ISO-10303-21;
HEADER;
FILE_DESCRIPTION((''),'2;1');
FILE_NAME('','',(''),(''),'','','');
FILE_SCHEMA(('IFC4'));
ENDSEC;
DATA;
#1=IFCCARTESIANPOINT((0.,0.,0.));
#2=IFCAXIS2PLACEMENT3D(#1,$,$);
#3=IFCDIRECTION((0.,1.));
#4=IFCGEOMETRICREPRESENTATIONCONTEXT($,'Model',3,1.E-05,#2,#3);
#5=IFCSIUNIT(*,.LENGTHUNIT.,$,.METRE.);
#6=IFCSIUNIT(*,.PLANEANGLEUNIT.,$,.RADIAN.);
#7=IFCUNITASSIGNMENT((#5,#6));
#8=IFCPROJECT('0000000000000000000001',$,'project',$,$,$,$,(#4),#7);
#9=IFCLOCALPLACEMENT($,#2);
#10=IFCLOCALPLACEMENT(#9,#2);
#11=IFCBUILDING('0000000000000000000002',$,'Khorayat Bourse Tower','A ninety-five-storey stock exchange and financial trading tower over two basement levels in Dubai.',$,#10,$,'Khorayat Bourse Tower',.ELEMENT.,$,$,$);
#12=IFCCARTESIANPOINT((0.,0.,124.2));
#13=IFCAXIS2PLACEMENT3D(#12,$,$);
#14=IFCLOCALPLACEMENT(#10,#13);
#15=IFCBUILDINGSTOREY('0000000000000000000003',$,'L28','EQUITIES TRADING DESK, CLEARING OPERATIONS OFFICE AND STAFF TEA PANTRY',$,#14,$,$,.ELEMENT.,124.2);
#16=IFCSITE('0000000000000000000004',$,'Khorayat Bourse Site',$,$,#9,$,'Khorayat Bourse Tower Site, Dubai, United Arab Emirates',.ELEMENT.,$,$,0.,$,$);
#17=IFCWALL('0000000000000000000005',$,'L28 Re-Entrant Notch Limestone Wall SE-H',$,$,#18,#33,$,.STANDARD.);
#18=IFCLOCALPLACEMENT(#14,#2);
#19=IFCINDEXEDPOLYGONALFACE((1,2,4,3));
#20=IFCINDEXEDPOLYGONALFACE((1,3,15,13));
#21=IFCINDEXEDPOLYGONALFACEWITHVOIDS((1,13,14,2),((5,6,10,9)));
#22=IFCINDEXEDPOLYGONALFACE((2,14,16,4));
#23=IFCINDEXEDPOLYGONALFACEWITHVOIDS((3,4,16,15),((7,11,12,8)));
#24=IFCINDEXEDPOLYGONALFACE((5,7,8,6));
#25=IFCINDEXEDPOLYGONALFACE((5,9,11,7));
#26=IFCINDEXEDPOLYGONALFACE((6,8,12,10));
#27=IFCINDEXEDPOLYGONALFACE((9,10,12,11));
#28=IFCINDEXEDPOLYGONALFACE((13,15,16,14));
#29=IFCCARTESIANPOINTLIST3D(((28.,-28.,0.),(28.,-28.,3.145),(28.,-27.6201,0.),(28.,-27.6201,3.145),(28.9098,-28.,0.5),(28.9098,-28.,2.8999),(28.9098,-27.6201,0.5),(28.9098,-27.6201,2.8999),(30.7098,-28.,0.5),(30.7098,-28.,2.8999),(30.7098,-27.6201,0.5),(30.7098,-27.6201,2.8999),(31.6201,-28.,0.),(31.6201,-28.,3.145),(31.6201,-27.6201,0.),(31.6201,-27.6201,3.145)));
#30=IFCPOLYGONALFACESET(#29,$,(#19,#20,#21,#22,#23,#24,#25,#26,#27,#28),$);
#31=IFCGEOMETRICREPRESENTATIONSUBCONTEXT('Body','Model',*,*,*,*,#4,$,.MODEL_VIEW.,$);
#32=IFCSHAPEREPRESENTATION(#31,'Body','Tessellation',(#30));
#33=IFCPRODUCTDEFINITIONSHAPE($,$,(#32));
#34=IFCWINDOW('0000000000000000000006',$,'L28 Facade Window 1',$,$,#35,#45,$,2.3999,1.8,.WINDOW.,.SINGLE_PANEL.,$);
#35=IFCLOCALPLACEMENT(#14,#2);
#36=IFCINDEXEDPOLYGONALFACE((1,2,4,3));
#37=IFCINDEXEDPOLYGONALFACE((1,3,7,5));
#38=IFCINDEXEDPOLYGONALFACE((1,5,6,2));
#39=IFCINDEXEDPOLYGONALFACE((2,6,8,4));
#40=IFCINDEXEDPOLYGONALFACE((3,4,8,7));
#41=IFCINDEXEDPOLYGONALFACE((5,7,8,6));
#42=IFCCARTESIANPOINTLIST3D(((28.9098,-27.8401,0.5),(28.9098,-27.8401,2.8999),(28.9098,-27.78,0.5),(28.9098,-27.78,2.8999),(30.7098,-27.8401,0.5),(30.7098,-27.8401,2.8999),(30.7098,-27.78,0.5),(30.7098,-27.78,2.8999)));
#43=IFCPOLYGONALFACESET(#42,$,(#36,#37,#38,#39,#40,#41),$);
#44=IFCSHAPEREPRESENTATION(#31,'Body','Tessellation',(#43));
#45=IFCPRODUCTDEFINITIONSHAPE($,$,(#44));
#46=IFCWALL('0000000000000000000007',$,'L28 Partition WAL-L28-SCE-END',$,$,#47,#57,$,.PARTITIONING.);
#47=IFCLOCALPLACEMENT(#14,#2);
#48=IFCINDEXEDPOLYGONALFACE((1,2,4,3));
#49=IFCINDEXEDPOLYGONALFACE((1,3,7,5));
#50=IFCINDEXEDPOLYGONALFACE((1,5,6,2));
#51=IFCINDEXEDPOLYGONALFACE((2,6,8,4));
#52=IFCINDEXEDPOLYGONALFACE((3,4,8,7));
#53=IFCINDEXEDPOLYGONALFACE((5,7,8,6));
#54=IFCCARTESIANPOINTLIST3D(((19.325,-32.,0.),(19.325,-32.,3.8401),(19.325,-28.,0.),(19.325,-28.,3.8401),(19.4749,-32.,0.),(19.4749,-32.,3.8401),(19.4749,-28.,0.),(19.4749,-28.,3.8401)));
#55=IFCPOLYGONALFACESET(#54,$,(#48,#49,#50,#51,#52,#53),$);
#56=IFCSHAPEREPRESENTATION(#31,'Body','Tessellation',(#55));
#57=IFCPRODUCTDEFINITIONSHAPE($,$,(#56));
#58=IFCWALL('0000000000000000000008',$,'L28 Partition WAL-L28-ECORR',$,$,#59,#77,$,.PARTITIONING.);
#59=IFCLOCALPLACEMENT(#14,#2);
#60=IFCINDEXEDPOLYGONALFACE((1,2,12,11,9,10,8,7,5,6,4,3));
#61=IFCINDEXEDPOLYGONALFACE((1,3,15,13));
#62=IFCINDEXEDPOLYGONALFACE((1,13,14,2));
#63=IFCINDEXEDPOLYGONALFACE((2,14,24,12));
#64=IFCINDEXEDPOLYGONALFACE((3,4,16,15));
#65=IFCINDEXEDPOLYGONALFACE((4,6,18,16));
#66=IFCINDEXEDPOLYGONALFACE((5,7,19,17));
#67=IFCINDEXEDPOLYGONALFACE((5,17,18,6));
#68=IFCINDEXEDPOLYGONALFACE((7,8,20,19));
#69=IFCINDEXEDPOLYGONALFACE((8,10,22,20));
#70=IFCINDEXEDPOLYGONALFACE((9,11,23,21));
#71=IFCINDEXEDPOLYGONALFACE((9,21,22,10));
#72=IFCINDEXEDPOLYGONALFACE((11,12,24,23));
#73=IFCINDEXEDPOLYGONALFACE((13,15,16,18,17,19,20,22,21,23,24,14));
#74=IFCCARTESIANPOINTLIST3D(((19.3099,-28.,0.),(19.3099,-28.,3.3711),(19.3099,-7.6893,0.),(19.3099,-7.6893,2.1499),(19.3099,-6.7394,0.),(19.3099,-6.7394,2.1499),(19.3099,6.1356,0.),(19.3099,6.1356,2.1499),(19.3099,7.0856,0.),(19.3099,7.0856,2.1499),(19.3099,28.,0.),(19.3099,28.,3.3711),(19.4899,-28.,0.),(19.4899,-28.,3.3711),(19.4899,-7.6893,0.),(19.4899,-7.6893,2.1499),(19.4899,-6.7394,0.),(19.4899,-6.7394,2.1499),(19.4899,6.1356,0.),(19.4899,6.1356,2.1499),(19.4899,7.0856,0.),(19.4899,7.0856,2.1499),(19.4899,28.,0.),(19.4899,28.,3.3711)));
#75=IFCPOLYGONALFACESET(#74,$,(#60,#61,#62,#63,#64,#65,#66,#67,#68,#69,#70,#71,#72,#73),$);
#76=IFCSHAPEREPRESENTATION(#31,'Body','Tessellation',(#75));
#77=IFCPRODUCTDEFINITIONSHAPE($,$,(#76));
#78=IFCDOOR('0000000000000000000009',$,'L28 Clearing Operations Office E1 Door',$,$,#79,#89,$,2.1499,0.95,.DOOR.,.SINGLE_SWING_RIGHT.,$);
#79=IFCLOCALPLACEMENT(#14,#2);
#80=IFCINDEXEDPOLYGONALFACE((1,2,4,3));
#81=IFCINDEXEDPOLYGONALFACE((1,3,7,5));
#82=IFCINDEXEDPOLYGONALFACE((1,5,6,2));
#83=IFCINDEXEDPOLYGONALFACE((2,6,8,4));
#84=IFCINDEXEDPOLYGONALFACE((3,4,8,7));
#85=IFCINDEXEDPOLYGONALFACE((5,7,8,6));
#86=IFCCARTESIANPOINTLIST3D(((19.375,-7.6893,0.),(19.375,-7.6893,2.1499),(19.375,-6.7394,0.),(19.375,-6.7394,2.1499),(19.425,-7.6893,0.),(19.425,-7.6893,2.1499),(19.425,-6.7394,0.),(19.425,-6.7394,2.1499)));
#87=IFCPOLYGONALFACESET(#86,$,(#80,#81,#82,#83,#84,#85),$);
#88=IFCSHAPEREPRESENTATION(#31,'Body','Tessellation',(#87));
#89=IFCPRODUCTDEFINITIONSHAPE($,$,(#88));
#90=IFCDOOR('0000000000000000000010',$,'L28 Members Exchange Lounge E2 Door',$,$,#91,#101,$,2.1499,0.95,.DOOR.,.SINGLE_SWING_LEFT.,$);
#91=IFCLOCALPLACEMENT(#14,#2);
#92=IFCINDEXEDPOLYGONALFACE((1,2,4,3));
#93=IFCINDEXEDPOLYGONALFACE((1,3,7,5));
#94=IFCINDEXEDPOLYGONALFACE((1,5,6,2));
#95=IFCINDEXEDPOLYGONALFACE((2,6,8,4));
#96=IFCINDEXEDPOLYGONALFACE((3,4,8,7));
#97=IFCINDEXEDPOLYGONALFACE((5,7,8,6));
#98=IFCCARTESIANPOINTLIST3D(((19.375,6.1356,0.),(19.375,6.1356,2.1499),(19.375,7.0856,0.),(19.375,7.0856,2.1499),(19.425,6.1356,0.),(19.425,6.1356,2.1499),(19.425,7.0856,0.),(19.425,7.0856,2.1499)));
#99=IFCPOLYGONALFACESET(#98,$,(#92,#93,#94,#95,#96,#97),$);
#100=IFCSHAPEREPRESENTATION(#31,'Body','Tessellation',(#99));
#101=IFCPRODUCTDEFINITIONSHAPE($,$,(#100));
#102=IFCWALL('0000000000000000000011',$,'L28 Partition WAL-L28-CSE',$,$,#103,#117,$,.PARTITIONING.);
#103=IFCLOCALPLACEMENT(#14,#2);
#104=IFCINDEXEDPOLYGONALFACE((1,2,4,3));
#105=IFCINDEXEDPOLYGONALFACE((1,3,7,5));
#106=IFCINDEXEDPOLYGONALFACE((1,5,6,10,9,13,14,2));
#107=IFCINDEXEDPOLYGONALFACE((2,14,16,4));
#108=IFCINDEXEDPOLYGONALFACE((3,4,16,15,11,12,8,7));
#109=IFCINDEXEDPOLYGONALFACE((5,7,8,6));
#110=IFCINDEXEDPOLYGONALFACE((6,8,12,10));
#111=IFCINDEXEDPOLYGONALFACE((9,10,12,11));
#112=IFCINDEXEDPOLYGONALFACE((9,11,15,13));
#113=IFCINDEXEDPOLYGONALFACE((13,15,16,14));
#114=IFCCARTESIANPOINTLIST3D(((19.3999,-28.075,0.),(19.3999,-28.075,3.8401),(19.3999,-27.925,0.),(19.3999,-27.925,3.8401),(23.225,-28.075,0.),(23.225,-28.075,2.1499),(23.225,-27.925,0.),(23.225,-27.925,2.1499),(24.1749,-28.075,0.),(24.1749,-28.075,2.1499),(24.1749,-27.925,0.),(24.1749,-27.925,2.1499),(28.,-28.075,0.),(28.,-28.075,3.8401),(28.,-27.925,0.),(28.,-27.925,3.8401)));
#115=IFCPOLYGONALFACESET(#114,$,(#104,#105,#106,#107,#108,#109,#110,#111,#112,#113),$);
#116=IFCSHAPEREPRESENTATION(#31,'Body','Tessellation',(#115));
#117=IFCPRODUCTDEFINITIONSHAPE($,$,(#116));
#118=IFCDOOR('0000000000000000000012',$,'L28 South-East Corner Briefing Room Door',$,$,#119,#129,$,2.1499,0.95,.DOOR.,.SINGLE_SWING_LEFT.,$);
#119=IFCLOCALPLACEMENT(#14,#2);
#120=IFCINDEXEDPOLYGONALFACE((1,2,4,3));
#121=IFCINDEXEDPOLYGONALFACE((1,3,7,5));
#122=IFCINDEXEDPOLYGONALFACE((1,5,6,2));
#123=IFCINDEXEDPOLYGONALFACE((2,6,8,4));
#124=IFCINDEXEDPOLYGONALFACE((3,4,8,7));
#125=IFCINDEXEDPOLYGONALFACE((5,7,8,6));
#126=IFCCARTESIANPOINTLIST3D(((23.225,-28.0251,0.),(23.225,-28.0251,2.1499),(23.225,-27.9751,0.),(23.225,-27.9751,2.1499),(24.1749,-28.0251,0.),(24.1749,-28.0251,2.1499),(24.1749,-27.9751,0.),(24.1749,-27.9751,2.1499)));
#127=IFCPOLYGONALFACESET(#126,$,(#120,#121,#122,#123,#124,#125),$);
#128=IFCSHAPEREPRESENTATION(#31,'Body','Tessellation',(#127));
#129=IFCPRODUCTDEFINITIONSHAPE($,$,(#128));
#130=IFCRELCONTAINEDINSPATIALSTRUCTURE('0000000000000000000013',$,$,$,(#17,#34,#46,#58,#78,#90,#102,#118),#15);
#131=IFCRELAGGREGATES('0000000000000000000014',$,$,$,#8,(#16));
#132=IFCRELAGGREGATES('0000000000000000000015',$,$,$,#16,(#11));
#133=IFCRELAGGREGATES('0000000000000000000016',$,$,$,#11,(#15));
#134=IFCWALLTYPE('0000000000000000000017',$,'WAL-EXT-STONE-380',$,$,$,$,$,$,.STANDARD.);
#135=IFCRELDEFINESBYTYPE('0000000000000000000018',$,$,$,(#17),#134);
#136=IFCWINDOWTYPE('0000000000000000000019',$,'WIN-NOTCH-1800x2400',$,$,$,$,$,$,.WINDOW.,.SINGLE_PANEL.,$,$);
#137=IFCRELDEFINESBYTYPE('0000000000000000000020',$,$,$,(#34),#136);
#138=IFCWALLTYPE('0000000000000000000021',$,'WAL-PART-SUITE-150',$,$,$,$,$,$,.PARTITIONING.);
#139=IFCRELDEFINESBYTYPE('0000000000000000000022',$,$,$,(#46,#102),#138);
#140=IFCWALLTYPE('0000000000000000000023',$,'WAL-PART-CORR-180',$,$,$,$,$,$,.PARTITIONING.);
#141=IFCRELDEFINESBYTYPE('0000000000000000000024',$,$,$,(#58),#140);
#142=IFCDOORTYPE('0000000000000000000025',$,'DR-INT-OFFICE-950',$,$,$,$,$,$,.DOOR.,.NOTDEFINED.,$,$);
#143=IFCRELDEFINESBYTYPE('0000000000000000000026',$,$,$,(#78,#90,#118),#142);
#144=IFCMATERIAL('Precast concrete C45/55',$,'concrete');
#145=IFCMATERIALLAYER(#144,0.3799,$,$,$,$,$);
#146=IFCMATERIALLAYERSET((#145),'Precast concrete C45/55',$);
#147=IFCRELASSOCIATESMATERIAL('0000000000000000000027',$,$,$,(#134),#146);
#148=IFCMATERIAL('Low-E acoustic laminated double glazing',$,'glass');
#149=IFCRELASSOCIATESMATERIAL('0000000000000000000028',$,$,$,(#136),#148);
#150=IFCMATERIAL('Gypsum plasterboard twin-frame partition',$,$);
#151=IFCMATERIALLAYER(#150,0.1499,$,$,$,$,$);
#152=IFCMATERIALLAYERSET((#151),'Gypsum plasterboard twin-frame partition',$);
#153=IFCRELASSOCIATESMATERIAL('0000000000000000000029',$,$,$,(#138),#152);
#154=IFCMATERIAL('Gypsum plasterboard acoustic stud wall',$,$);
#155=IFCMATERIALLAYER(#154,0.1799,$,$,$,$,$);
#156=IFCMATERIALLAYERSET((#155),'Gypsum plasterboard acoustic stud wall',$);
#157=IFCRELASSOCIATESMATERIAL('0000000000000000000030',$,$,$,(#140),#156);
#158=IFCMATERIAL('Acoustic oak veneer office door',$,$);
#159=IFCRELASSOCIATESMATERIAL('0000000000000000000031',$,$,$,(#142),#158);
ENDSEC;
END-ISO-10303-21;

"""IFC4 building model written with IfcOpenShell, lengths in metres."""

from ifc_helpers import new_model, si_unit, direction, frame, frame_2d, origin, place, context, subcontext, project, spatial, rectangle, extrude, source, transform, mapped, material, layer, layer_set, type_object, element, fill, save


model = new_model("IFC4")

# Units and contexts
model_context = context("Model", 3, precision=1e-05, world=origin(), true_north=direction((0.0, 1.0)))
body_context = subcontext(model_context, "Body", "Model", "MODEL_VIEW")
ifc_project = project(units=[si_unit("LENGTHUNIT", "METRE"), si_unit("PLANEANGLEUNIT", "RADIAN")], contexts=[model_context])

# Site, building, storey
site_placement = place(None, origin())
site = spatial("IfcSite", under=ifc_project, at=site_placement, Name="Khorayat Bourse Site", LongName="Khorayat Bourse Tower Site, Dubai, United Arab Emirates", CompositionType="ELEMENT", RefElevation=0.0)
building_placement = place(site_placement, origin())
building = spatial("IfcBuilding", under=site, at=building_placement, Name="Khorayat Bourse Tower", Description="A ninety-five-storey stock exchange and financial trading tower over two basement levels in Dubai.", LongName="Khorayat Bourse Tower", CompositionType="ELEMENT")
storey_placement = place(building_placement, frame((0.0, 0.0, 124.2)))
storey = spatial("IfcBuildingStorey", under=building, at=storey_placement, Name="L28", Description="EQUITIES TRADING DESK, CLEARING OPERATIONS OFFICE AND STAFF TEA PANTRY", CompositionType="ELEMENT", Elevation=124.2)

# Wall, opening, window
ifc_material_1 = material(Name="Precast concrete C45/55", Category="concrete")
ifc_layer_1 = layer(ifc_material_1, 0.3799)
ifc_layer_set_1 = layer_set([ifc_layer_1], Name="Precast concrete C45/55")
wall_type_1 = type_object("IfcWallType", Name="WAL-EXT-STONE-380", PredefinedType="STANDARD", material=ifc_layer_set_1)
shared_shape_1 = source(origin(), body_context, "Body", "SweptSolid", [
    extrude(rectangle(XDim=3.6201, YDim=0.3799, at=frame_2d((1.8101, 0.0))), origin(), (0.0, 0.0, 1.0), 3.145),
])
shared_shape_2 = source(origin(), body_context, "Body", "SweptSolid", [
    extrude(rectangle(XDim=1.8, YDim=2.3999, at=frame_2d((0.8999, 1.2))), frame((0.0, 0.2, 0.0), z_axis=(0.0, -1.0, 0.0), x_axis=(1.0, 0.0, 0.0)), (0.0, 0.0, 1.0), 0.3999),
])
ifc_material_2 = material(Name="Low-E acoustic laminated double glazing", Category="glass")
window_type = type_object("IfcWindowType", Name="WIN-NOTCH-1800x2400", PartitioningType="SINGLE_PANEL", PredefinedType="WINDOW", material=ifc_material_2)
shared_shape_3 = source(origin(), body_context, "Body", "SweptSolid", [
    extrude(rectangle(XDim=1.8, YDim=2.3999, at=frame_2d((0.8999, 1.2))), frame((0.0, 0.03, 0.0), z_axis=(0.0, -1.0, 0.0), x_axis=(1.0, 0.0, 0.0)), (0.0, 0.0, 1.0), 0.0601),
])
wall_1_placement = place(storey_placement, frame((28.0, -27.8101, 0.0), z_axis=(0.0, 0.0, 1.0), x_axis=(1.0, 0.0, 0.0)))
wall_1 = element("IfcWall", 1, at=wall_1_placement, inside=storey, type_object=wall_type_1, Name="L28 Re-Entrant Notch Limestone Wall SE-H", PredefinedType="STANDARD", context=body_context, shape_type="MappedRepresentation", body=[
    mapped(shared_shape_1, transform((0.0, 0.0, 0.0), scale=1.0)),
])
opening_1_placement = place(wall_1_placement, frame((0.9099, 0.0, 0.5)))
opening_1 = element("IfcOpeningElement", 2, at=opening_1_placement, cuts=wall_1, PredefinedType="OPENING", context=body_context, shape_type="MappedRepresentation", body=[
    mapped(shared_shape_2, transform((0.0, 0.0, 0.0), scale=1.0)),
])
window_1_placement = place(opening_1_placement, origin())
window_1 = element("IfcWindow", 3, at=window_1_placement, inside=storey, type_object=window_type, Name="L28 Facade Window 1", OverallHeight=2.3999, OverallWidth=1.8, PartitioningType="SINGLE_PANEL", PredefinedType="WINDOW", context=body_context, shape_type="MappedRepresentation", body=[
    mapped(shared_shape_3, transform((0.0, 0.0, 0.0), scale=1.0)),
])
fill(opening_1, window_1)

# Wall
ifc_material_3 = material(Name="Gypsum plasterboard twin-frame partition")
ifc_layer_2 = layer(ifc_material_3, 0.1499)
ifc_layer_set_2 = layer_set([ifc_layer_2], Name="Gypsum plasterboard twin-frame partition")
wall_type_2 = type_object("IfcWallType", Name="WAL-PART-SUITE-150", PredefinedType="PARTITIONING", material=ifc_layer_set_2)
shared_shape_4 = source(origin(), body_context, "Body", "SweptSolid", [
    extrude(rectangle(XDim=4.0, YDim=0.1499, at=frame_2d((2.0, 0.0))), origin(), (0.0, 0.0, 1.0), 3.8401),
])
wall_2_placement = place(storey_placement, frame((19.3999, -32.0, 0.0), z_axis=(0.0, 0.0, 1.0), x_axis=(0.0, 1.0, 0.0)))
element("IfcWall", 4, at=wall_2_placement, inside=storey, type_object=wall_type_2, Name="L28 Partition WAL-L28-SCE-END", PredefinedType="PARTITIONING", context=body_context, shape_type="MappedRepresentation", body=[
    mapped(shared_shape_4, transform((0.0, 0.0, 0.0), scale=1.0)),
])

# Wall, openings, doors
ifc_material_4 = material(Name="Gypsum plasterboard acoustic stud wall")
ifc_layer_3 = layer(ifc_material_4, 0.1799)
ifc_layer_set_3 = layer_set([ifc_layer_3], Name="Gypsum plasterboard acoustic stud wall")
wall_type_3 = type_object("IfcWallType", Name="WAL-PART-CORR-180", PredefinedType="PARTITIONING", material=ifc_layer_set_3)
shared_shape_5 = source(origin(), body_context, "Body", "SweptSolid", [
    extrude(rectangle(XDim=56.0, YDim=0.1799, at=frame_2d((28.0, 0.0))), origin(), (0.0, 0.0, 1.0), 3.3711),
])
wall_3_placement = place(storey_placement, frame((19.3999, -28.0, 0.0), z_axis=(0.0, 0.0, 1.0), x_axis=(0.0, 1.0, 0.0)))
wall_3 = element("IfcWall", 5, at=wall_3_placement, inside=storey, type_object=wall_type_3, Name="L28 Partition WAL-L28-ECORR", PredefinedType="PARTITIONING", context=body_context, shape_type="MappedRepresentation", body=[
    mapped(shared_shape_5, transform((0.0, 0.0, 0.0), scale=1.0)),
])
shared_shape_6 = source(origin(), body_context, "Body", "SweptSolid", [
    extrude(rectangle(XDim=0.95, YDim=2.1499, at=frame_2d((0.4751, 1.075))), frame((0.0, 0.0999, 0.0), z_axis=(0.0, -1.0, 0.0), x_axis=(1.0, 0.0, 0.0)), (0.0, 0.0, 1.0), 0.2),
])
opening_2_placement = place(wall_3_placement, frame((20.3105, 0.0, 0.0)))
opening_2 = element("IfcOpeningElement", 6, at=opening_2_placement, cuts=wall_3, PredefinedType="OPENING", context=body_context, shape_type="MappedRepresentation", body=[
    mapped(shared_shape_6, transform((0.0, 0.0, 0.0), scale=1.0)),
])
opening_3_placement = place(wall_3_placement, frame((34.1355, 0.0, 0.0)))
opening_3 = element("IfcOpeningElement", 7, at=opening_3_placement, cuts=wall_3, PredefinedType="OPENING", context=body_context, shape_type="MappedRepresentation", body=[
    mapped(shared_shape_6, transform((0.0, 0.0, 0.0), scale=1.0)),
])
ifc_material_5 = material(Name="Acoustic oak veneer office door")
door_type = type_object("IfcDoorType", Name="DR-INT-OFFICE-950", OperationType="NOTDEFINED", PredefinedType="DOOR", material=ifc_material_5)
shared_shape_7 = source(origin(), body_context, "Body", "SweptSolid", [
    extrude(rectangle(XDim=0.95, YDim=2.1499, at=frame_2d((0.4751, 1.075))), frame((0.0, 0.0249, 0.0), z_axis=(0.0, -1.0, 0.0), x_axis=(1.0, 0.0, 0.0)), (0.0, 0.0, 1.0), 0.05),
])
door_1_placement = place(opening_2_placement, origin())
door_1 = element("IfcDoor", 8, at=door_1_placement, inside=storey, type_object=door_type, Name="L28 Clearing Operations Office E1 Door", OperationType="SINGLE_SWING_RIGHT", OverallHeight=2.1499, OverallWidth=0.95, PredefinedType="DOOR", context=body_context, shape_type="MappedRepresentation", body=[
    mapped(shared_shape_7, transform((0.0, 0.0, 0.0), scale=1.0)),
])
fill(opening_2, door_1)
door_2_placement = place(opening_3_placement, origin())
door_2 = element("IfcDoor", 9, at=door_2_placement, inside=storey, type_object=door_type, Name="L28 Members Exchange Lounge E2 Door", OperationType="SINGLE_SWING_LEFT", OverallHeight=2.1499, OverallWidth=0.95, PredefinedType="DOOR", context=body_context, shape_type="MappedRepresentation", body=[
    mapped(shared_shape_7, transform((0.0, 0.0, 0.0), scale=1.0)),
])
fill(opening_3, door_2)

# Wall, opening, door
shared_shape_8 = source(origin(), body_context, "Body", "SweptSolid", [
    extrude(rectangle(XDim=8.6001, YDim=0.1499, at=frame_2d((4.3, 0.0))), origin(), (0.0, 0.0, 1.0), 3.8401),
])
wall_4_placement = place(storey_placement, frame((19.3999, -28.0, 0.0), z_axis=(0.0, 0.0, 1.0), x_axis=(1.0, 0.0, 0.0)))
wall_4 = element("IfcWall", 10, at=wall_4_placement, inside=storey, type_object=wall_type_2, Name="L28 Partition WAL-L28-CSE", PredefinedType="PARTITIONING", context=body_context, shape_type="MappedRepresentation", body=[
    mapped(shared_shape_8, transform((0.0, 0.0, 0.0), scale=1.0)),
])
shared_shape_9 = source(origin(), body_context, "Body", "SweptSolid", [
    extrude(rectangle(XDim=0.95, YDim=2.1499, at=frame_2d((0.4751, 1.075))), frame((0.0, 0.085, 0.0), z_axis=(0.0, -1.0, 0.0), x_axis=(1.0, 0.0, 0.0)), (0.0, 0.0, 1.0), 0.1699),
])
opening_4_placement = place(wall_4_placement, frame((3.825, 0.0, 0.0)))
opening_4 = element("IfcOpeningElement", 11, at=opening_4_placement, cuts=wall_4, PredefinedType="OPENING", context=body_context, shape_type="MappedRepresentation", body=[
    mapped(shared_shape_9, transform((0.0, 0.0, 0.0), scale=1.0)),
])
door_3_placement = place(opening_4_placement, origin())
door_3 = element("IfcDoor", 12, at=door_3_placement, inside=storey, type_object=door_type, Name="L28 South-East Corner Briefing Room Door", OperationType="SINGLE_SWING_LEFT", OverallHeight=2.1499, OverallWidth=0.95, PredefinedType="DOOR", context=body_context, shape_type="MappedRepresentation", body=[
    mapped(shared_shape_7, transform((0.0, 0.0, 0.0), scale=1.0)),
])
fill(opening_4, door_3)

save(model, "model.ifc")
